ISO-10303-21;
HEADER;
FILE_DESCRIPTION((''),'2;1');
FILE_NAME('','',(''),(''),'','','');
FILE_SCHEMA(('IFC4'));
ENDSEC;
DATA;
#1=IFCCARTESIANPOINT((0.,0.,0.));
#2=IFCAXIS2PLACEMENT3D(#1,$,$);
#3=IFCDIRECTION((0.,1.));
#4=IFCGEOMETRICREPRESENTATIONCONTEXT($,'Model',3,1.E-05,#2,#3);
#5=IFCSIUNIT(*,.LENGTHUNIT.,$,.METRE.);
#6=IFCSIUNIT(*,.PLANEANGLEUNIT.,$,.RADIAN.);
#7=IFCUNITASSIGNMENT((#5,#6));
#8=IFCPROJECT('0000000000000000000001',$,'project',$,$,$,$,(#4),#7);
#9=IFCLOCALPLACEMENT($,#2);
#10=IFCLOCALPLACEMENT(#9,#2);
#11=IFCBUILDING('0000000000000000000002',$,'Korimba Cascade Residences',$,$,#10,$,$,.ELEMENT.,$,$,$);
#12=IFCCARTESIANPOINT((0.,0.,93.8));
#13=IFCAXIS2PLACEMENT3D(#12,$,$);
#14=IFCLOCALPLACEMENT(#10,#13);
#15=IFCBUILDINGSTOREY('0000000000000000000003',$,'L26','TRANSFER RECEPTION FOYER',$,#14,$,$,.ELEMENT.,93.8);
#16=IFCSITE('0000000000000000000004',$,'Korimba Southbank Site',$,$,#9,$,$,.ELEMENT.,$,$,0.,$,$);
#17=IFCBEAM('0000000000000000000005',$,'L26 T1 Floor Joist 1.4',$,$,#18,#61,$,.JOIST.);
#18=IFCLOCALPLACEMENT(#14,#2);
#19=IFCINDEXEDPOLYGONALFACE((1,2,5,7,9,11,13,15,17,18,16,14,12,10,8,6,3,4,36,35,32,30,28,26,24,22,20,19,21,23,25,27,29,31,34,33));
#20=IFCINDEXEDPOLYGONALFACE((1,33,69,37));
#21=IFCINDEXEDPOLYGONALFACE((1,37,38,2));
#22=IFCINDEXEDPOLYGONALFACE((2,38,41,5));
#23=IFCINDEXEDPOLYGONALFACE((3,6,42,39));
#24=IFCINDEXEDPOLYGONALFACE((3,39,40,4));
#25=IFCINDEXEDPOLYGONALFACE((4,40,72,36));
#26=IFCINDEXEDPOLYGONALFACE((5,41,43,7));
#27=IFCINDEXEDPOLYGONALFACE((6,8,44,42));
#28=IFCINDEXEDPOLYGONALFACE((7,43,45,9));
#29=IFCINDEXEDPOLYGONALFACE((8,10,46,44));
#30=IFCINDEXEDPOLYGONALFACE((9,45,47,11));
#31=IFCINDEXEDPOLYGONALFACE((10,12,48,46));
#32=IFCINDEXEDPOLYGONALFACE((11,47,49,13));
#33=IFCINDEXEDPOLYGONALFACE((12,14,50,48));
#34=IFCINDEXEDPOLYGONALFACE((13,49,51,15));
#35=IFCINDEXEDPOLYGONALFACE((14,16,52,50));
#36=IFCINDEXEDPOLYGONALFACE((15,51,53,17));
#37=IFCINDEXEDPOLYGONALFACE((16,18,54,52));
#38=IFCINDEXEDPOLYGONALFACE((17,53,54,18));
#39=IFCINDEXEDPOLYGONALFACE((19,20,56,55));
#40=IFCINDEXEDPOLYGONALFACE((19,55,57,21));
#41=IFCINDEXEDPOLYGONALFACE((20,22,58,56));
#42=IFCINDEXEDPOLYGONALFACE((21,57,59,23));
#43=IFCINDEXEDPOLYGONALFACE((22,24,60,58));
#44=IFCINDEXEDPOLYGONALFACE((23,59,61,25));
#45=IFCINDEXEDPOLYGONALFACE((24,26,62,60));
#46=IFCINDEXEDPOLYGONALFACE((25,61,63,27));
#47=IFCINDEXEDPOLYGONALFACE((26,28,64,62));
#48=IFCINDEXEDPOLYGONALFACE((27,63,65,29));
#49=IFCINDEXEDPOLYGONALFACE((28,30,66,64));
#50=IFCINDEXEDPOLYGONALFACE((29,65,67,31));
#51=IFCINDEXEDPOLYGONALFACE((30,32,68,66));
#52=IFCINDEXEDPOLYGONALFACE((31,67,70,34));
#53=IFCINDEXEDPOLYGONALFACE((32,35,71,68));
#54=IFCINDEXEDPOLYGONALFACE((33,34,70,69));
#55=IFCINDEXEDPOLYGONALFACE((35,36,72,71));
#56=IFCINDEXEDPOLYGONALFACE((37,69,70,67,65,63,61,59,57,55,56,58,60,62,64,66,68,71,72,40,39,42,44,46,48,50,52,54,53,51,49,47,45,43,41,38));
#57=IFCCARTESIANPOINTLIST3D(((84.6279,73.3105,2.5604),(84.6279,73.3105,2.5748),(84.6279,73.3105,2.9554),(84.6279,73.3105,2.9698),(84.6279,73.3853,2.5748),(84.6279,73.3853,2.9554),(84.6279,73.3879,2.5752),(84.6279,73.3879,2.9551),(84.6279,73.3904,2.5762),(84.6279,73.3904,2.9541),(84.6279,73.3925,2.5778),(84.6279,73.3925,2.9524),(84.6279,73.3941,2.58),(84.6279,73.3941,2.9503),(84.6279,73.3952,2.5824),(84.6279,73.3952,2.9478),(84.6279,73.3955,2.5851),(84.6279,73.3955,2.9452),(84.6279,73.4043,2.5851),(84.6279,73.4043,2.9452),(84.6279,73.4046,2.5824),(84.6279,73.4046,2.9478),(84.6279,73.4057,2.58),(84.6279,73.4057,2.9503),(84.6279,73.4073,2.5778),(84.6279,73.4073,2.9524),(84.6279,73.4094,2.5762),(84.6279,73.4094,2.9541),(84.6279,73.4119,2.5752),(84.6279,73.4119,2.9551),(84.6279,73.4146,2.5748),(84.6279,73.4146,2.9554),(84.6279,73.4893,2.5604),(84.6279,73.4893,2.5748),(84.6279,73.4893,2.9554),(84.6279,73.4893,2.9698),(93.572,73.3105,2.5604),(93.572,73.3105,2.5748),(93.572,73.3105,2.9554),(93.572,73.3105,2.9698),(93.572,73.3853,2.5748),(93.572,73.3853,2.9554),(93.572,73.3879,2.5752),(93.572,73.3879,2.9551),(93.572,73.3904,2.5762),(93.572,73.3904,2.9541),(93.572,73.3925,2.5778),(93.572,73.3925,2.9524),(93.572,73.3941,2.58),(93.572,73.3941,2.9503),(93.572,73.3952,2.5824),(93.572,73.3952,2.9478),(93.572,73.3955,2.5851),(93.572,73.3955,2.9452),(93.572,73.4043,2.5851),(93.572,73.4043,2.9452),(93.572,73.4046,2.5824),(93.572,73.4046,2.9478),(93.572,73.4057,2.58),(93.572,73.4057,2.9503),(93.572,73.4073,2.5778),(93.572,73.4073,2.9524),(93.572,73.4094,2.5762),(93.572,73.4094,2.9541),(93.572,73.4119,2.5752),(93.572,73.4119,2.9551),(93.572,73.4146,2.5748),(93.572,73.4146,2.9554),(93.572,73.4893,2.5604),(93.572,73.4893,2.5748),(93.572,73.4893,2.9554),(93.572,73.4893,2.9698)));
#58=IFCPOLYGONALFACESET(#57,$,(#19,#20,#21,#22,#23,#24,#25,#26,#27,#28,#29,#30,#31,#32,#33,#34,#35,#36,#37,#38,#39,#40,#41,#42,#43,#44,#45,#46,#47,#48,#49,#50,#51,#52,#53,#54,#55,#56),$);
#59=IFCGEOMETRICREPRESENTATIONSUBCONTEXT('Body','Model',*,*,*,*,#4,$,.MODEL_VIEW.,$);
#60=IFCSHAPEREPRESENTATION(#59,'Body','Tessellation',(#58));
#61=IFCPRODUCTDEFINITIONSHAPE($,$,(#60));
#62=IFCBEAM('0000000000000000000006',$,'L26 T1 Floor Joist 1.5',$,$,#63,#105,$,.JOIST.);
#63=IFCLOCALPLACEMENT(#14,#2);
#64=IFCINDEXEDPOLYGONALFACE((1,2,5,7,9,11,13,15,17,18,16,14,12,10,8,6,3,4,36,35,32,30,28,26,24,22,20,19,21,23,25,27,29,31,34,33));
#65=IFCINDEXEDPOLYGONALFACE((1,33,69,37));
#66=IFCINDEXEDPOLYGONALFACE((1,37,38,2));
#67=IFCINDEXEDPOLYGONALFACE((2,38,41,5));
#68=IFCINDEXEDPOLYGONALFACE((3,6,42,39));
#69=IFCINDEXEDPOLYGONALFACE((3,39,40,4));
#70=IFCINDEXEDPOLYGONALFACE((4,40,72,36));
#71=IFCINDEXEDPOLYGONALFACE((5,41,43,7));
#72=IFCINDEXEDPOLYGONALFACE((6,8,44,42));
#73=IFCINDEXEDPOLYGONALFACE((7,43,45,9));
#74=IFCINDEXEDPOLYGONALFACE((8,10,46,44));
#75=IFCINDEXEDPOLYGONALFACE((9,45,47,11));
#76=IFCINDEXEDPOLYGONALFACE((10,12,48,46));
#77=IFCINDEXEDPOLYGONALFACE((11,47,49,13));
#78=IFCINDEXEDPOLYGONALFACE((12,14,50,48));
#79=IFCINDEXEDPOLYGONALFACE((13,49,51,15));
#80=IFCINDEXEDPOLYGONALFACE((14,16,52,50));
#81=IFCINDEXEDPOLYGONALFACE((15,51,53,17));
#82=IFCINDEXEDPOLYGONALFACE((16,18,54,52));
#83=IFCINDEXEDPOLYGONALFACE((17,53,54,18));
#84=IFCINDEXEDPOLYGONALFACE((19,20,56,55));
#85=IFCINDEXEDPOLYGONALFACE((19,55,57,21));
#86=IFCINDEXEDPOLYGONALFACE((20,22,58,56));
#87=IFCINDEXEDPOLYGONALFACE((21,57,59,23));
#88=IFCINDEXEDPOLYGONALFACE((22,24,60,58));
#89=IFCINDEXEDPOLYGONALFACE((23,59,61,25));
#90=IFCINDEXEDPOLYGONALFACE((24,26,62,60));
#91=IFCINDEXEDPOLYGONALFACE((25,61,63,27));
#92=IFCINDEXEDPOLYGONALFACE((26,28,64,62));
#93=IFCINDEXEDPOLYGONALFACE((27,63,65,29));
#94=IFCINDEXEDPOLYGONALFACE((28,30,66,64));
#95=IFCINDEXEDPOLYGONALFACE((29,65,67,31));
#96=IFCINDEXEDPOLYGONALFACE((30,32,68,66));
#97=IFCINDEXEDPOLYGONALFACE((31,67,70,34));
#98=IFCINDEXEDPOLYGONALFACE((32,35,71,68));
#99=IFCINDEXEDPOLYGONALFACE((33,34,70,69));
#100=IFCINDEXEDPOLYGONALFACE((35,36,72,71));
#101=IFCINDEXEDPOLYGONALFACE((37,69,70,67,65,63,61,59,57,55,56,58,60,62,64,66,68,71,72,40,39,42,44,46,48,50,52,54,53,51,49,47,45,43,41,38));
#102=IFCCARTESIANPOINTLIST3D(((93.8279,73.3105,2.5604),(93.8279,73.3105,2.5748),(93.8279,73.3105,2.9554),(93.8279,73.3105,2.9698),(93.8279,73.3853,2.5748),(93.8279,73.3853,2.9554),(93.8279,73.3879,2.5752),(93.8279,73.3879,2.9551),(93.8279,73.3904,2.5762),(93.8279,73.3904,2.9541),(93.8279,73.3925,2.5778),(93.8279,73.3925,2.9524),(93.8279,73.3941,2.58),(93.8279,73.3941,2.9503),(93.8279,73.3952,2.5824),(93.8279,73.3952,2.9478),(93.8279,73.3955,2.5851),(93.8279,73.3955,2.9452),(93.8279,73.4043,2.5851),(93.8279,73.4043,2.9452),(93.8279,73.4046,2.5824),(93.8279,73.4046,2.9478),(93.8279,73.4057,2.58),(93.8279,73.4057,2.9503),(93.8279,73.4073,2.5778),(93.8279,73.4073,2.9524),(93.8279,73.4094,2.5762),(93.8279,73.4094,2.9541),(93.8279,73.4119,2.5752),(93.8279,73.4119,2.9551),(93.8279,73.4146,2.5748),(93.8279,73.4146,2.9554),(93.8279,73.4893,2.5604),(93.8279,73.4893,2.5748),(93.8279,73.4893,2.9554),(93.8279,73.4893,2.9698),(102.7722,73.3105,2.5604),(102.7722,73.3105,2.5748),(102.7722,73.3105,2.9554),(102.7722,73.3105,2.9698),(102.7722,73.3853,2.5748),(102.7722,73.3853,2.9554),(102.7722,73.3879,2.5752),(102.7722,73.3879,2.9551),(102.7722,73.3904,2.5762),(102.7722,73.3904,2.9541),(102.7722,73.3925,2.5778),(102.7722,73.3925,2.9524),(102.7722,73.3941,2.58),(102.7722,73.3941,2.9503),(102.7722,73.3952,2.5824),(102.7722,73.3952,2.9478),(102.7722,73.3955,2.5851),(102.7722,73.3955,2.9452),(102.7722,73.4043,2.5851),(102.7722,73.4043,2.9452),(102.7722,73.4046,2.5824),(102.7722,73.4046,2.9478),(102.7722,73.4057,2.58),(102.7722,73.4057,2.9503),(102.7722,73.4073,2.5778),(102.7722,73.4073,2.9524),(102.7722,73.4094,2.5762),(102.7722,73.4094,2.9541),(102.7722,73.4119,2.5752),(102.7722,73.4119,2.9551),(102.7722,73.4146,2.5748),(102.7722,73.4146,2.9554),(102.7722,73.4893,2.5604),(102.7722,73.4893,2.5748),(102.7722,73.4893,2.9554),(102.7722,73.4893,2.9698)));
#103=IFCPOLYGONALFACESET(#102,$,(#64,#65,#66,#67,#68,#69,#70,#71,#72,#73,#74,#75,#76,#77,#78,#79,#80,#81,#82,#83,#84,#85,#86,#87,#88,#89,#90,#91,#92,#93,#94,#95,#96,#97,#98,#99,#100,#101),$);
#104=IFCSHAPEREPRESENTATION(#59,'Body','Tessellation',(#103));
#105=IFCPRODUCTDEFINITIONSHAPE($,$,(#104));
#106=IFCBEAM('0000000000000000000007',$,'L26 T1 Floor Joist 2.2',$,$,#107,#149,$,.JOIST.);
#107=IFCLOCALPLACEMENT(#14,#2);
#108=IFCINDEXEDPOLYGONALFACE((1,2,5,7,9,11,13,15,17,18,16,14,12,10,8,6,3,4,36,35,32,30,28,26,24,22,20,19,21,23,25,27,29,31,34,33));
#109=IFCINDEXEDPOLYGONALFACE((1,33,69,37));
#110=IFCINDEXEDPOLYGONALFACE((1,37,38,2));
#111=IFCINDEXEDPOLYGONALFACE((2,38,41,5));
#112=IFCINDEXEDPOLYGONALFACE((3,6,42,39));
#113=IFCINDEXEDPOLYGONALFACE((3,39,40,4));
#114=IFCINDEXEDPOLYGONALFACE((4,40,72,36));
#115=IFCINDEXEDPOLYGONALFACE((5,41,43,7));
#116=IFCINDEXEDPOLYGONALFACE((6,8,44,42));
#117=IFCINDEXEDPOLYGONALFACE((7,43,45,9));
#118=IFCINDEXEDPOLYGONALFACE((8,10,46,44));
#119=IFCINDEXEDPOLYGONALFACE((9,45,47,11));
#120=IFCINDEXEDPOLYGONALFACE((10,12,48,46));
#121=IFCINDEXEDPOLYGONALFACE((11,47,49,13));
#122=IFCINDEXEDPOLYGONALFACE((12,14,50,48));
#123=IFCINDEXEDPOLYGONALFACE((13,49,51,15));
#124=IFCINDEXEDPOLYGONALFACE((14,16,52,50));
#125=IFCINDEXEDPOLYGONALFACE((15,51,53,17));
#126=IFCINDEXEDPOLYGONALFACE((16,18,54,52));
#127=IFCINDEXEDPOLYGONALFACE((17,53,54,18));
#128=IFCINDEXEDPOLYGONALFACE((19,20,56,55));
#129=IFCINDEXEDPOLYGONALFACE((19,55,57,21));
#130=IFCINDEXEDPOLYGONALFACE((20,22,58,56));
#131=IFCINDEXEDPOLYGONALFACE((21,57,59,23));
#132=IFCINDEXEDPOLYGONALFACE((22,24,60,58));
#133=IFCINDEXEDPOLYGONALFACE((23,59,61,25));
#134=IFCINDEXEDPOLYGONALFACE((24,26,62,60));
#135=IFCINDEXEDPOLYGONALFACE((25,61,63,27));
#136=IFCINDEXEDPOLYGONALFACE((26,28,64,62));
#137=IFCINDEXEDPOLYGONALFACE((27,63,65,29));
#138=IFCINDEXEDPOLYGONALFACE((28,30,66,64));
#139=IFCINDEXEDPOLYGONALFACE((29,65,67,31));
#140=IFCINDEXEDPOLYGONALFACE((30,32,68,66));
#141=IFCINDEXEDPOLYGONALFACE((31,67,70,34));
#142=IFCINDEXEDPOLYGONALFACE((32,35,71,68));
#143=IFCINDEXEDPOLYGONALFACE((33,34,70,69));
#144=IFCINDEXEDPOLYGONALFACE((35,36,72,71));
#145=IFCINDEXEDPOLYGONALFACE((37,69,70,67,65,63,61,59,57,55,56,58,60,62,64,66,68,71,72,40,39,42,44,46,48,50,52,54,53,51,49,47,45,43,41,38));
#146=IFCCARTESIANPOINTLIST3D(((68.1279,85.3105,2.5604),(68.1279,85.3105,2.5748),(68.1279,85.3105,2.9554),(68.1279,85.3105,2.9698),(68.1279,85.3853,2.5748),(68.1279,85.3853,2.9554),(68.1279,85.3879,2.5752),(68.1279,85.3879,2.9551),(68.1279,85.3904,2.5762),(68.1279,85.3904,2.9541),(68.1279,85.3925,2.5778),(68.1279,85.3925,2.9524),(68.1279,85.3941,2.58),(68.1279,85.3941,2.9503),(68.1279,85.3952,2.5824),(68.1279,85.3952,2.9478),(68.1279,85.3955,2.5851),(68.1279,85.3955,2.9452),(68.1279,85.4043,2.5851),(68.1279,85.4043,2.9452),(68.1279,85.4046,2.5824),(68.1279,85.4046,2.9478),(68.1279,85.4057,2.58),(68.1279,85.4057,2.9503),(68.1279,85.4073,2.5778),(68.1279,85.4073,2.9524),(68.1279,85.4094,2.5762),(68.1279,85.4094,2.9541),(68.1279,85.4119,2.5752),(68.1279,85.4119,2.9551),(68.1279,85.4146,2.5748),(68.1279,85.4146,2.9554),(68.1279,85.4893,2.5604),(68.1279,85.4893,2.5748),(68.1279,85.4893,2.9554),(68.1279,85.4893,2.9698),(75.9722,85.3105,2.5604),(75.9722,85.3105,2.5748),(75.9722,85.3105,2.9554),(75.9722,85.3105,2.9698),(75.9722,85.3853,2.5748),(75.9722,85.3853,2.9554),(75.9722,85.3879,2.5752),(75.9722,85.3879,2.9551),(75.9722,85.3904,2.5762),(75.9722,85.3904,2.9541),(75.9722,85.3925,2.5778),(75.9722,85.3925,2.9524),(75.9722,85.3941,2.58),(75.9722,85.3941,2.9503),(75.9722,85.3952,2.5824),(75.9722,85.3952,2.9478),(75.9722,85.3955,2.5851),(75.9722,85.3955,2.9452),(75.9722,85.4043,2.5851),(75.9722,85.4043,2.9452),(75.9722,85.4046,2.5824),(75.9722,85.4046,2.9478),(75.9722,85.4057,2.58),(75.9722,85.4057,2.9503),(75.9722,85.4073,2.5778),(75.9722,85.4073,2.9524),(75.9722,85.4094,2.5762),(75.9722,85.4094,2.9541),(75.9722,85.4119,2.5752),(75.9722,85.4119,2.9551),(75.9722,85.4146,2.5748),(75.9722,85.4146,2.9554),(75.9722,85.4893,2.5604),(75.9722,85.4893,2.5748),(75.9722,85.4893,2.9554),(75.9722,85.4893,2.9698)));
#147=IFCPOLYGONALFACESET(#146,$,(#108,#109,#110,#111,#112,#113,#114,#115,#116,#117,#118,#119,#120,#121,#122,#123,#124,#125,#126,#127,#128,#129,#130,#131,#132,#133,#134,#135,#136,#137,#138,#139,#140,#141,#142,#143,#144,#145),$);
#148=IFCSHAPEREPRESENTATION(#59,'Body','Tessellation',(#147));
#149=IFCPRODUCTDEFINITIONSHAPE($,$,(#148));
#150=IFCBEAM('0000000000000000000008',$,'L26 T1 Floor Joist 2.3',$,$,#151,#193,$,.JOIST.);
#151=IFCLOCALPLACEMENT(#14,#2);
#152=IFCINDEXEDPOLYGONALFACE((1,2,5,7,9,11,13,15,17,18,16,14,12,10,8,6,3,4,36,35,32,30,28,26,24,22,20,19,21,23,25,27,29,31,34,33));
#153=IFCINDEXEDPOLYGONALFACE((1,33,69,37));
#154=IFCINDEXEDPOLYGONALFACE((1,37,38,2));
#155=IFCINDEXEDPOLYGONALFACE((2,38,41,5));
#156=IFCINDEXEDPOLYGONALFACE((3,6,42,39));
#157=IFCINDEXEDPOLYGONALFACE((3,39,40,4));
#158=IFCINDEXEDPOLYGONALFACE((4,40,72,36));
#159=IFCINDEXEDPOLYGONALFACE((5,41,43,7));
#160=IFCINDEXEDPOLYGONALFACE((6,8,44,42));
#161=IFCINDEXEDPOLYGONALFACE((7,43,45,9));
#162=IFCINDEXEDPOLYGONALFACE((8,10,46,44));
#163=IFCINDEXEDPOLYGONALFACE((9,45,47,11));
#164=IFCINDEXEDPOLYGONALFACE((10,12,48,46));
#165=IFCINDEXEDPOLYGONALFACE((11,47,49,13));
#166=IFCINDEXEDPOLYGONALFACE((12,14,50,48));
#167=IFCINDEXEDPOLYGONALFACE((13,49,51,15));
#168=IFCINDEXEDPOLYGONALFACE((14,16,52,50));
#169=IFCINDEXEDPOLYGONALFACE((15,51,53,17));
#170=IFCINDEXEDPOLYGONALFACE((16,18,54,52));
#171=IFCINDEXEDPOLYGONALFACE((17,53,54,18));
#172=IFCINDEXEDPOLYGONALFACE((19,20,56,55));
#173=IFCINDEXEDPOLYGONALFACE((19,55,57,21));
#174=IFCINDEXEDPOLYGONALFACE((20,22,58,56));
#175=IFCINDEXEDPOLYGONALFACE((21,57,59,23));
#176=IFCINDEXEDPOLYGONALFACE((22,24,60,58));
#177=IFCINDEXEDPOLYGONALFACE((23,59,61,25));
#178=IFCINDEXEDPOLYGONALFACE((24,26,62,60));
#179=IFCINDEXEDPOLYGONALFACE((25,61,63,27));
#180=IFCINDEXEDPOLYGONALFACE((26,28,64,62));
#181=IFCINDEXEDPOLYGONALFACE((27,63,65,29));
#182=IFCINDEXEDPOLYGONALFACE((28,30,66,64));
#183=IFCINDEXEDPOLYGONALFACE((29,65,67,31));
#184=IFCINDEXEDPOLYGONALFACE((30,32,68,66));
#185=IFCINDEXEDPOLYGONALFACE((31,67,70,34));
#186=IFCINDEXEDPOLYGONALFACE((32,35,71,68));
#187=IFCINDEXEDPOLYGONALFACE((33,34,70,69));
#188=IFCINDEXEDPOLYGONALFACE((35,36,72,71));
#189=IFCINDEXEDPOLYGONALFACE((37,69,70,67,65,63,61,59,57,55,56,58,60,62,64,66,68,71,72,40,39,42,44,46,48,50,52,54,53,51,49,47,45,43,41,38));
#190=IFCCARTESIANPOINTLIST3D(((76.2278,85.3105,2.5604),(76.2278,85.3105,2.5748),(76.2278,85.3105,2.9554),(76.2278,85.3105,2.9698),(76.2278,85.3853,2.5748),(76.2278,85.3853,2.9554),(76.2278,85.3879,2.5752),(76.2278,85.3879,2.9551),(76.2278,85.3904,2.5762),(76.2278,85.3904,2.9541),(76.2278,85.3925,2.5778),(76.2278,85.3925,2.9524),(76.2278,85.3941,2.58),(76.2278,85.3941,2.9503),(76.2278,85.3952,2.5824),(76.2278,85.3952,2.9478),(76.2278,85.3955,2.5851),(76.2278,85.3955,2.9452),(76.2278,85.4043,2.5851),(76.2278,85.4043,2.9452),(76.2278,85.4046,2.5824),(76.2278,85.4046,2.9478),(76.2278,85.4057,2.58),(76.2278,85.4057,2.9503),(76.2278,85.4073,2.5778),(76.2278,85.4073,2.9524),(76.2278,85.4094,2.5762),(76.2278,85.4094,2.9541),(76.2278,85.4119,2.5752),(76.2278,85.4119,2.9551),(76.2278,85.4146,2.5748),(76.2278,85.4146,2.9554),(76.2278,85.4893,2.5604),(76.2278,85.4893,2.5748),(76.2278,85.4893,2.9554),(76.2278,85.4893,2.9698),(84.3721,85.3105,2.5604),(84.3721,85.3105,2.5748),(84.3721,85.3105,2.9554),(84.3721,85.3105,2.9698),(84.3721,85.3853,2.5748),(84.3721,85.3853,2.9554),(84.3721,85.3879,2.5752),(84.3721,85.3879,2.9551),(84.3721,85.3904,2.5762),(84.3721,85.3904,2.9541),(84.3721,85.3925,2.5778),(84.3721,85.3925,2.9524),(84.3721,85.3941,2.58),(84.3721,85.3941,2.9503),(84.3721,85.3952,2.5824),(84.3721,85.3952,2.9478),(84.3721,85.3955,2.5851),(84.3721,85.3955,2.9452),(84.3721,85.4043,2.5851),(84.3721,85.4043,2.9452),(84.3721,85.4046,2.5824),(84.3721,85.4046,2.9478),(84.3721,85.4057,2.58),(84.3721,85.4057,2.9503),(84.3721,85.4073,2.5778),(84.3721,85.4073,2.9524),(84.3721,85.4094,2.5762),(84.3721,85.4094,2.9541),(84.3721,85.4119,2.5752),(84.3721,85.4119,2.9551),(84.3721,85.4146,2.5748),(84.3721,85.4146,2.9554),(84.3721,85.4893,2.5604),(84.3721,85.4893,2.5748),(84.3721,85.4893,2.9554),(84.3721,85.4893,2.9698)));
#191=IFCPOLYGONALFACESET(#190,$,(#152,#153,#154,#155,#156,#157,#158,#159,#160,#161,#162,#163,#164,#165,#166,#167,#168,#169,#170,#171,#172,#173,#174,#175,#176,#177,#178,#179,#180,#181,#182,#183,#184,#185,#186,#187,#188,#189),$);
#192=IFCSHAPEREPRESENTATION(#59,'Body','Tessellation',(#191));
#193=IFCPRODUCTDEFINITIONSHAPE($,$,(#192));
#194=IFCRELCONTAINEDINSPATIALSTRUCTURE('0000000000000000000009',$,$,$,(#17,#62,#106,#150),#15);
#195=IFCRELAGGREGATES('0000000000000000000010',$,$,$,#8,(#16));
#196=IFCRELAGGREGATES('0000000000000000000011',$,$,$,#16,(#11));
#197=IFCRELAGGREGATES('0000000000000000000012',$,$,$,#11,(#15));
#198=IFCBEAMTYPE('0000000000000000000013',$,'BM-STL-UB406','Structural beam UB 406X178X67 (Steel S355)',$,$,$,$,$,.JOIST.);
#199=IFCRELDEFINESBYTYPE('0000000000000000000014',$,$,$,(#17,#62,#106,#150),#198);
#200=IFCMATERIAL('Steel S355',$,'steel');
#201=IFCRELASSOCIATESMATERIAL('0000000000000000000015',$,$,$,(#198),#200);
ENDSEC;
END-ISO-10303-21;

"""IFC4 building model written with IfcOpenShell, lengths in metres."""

from ifc_helpers import new_model, si_unit, direction, frame, origin, origin_2d, place, context, subcontext, project, spatial, i_section, extrude, material, material_profile, profile_set, type_object, element, save


model = new_model("IFC4")

# Units and contexts
model_context = context("Model", 3, precision=1e-05, world=origin(), true_north=direction((0.0, 1.0)))
body_context = subcontext(model_context, "Body", "Model", "MODEL_VIEW")
ifc_project = project(units=[si_unit("LENGTHUNIT", "METRE"), si_unit("PLANEANGLEUNIT", "RADIAN")], contexts=[model_context])

# Site, building, storey
site_placement = place(None, origin())
site = spatial("IfcSite", under=ifc_project, at=site_placement, Name="Korimba Southbank Site", CompositionType="ELEMENT", RefElevation=0.0)
building_placement = place(site_placement, origin())
building = spatial("IfcBuilding", under=site, at=building_placement, Name="Korimba Cascade Residences", CompositionType="ELEMENT")
storey_placement = place(building_placement, frame((0.0, 0.0, 93.8)))
storey = spatial("IfcBuildingStorey", under=building, at=storey_placement, Name="L26", Description="TRANSFER RECEPTION FOYER", CompositionType="ELEMENT", Elevation=93.8)

# Beams
ifc_material_1 = material(Name="Steel S355", Category="steel")
ifc_material_profile_1 = material_profile(ifc_material_1, i_section(OverallWidth=0.1787, OverallDepth=0.4094, WebThickness=0.0088, FlangeThickness=0.0144, FilletRadius=0.0103, at=origin_2d()), Name="Steel S355")
ifc_profile_set_1 = profile_set([ifc_material_profile_1], Name="Steel S355")
beam_type_1 = type_object("IfcBeamType", Name="BM-STL-UB406", Description="Structural beam UB 406X178X67 (Steel S355)", PredefinedType="JOIST", material=ifc_profile_set_1)
beam_1_placement = place(storey_placement, frame((84.6279, 73.3999, 2.7651), z_axis=(1.0, 0.0, 0.0), x_axis=(0.0, 1.0, 0.0)))
element("IfcBeam", 1, at=beam_1_placement, inside=storey, type_object=beam_type_1, Name="L26 T1 Floor Joist 1.4", PredefinedType="JOIST", context=body_context, shape_type="SweptSolid", body=[
    extrude(i_section(OverallWidth=0.1787, OverallDepth=0.4094, WebThickness=0.0088, FlangeThickness=0.0144, FilletRadius=0.0103, at=origin_2d()), origin(), (0.0, 0.0, 1.0), 8.9441),
])
beam_2_placement = place(storey_placement, frame((93.8279, 73.3999, 2.7651), z_axis=(1.0, 0.0, 0.0), x_axis=(0.0, 1.0, 0.0)))
element("IfcBeam", 2, at=beam_2_placement, inside=storey, type_object=beam_type_1, Name="L26 T1 Floor Joist 1.5", PredefinedType="JOIST", context=body_context, shape_type="SweptSolid", body=[
    extrude(i_section(OverallWidth=0.1787, OverallDepth=0.4094, WebThickness=0.0088, FlangeThickness=0.0144, FilletRadius=0.0103, at=origin_2d()), origin(), (0.0, 0.0, 1.0), 8.9443),
])
beam_3_placement = place(storey_placement, frame((68.1279, 85.3999, 2.7651), z_axis=(1.0, 0.0, 0.0), x_axis=(0.0, 1.0, 0.0)))
element("IfcBeam", 3, at=beam_3_placement, inside=storey, type_object=beam_type_1, Name="L26 T1 Floor Joist 2.2", PredefinedType="JOIST", context=body_context, shape_type="SweptSolid", body=[
    extrude(i_section(OverallWidth=0.1787, OverallDepth=0.4094, WebThickness=0.0088, FlangeThickness=0.0144, FilletRadius=0.0103, at=origin_2d()), origin(), (0.0, 0.0, 1.0), 7.8442),
])
beam_4_placement = place(storey_placement, frame((76.2278, 85.3999, 2.7651), z_axis=(1.0, 0.0, 0.0), x_axis=(0.0, 1.0, 0.0)))
element("IfcBeam", 4, at=beam_4_placement, inside=storey, type_object=beam_type_1, Name="L26 T1 Floor Joist 2.3", PredefinedType="JOIST", context=body_context, shape_type="SweptSolid", body=[
    extrude(i_section(OverallWidth=0.1787, OverallDepth=0.4094, WebThickness=0.0088, FlangeThickness=0.0144, FilletRadius=0.0103, at=origin_2d()), origin(), (0.0, 0.0, 1.0), 8.1443),
])

save(model, "model.ifc")
